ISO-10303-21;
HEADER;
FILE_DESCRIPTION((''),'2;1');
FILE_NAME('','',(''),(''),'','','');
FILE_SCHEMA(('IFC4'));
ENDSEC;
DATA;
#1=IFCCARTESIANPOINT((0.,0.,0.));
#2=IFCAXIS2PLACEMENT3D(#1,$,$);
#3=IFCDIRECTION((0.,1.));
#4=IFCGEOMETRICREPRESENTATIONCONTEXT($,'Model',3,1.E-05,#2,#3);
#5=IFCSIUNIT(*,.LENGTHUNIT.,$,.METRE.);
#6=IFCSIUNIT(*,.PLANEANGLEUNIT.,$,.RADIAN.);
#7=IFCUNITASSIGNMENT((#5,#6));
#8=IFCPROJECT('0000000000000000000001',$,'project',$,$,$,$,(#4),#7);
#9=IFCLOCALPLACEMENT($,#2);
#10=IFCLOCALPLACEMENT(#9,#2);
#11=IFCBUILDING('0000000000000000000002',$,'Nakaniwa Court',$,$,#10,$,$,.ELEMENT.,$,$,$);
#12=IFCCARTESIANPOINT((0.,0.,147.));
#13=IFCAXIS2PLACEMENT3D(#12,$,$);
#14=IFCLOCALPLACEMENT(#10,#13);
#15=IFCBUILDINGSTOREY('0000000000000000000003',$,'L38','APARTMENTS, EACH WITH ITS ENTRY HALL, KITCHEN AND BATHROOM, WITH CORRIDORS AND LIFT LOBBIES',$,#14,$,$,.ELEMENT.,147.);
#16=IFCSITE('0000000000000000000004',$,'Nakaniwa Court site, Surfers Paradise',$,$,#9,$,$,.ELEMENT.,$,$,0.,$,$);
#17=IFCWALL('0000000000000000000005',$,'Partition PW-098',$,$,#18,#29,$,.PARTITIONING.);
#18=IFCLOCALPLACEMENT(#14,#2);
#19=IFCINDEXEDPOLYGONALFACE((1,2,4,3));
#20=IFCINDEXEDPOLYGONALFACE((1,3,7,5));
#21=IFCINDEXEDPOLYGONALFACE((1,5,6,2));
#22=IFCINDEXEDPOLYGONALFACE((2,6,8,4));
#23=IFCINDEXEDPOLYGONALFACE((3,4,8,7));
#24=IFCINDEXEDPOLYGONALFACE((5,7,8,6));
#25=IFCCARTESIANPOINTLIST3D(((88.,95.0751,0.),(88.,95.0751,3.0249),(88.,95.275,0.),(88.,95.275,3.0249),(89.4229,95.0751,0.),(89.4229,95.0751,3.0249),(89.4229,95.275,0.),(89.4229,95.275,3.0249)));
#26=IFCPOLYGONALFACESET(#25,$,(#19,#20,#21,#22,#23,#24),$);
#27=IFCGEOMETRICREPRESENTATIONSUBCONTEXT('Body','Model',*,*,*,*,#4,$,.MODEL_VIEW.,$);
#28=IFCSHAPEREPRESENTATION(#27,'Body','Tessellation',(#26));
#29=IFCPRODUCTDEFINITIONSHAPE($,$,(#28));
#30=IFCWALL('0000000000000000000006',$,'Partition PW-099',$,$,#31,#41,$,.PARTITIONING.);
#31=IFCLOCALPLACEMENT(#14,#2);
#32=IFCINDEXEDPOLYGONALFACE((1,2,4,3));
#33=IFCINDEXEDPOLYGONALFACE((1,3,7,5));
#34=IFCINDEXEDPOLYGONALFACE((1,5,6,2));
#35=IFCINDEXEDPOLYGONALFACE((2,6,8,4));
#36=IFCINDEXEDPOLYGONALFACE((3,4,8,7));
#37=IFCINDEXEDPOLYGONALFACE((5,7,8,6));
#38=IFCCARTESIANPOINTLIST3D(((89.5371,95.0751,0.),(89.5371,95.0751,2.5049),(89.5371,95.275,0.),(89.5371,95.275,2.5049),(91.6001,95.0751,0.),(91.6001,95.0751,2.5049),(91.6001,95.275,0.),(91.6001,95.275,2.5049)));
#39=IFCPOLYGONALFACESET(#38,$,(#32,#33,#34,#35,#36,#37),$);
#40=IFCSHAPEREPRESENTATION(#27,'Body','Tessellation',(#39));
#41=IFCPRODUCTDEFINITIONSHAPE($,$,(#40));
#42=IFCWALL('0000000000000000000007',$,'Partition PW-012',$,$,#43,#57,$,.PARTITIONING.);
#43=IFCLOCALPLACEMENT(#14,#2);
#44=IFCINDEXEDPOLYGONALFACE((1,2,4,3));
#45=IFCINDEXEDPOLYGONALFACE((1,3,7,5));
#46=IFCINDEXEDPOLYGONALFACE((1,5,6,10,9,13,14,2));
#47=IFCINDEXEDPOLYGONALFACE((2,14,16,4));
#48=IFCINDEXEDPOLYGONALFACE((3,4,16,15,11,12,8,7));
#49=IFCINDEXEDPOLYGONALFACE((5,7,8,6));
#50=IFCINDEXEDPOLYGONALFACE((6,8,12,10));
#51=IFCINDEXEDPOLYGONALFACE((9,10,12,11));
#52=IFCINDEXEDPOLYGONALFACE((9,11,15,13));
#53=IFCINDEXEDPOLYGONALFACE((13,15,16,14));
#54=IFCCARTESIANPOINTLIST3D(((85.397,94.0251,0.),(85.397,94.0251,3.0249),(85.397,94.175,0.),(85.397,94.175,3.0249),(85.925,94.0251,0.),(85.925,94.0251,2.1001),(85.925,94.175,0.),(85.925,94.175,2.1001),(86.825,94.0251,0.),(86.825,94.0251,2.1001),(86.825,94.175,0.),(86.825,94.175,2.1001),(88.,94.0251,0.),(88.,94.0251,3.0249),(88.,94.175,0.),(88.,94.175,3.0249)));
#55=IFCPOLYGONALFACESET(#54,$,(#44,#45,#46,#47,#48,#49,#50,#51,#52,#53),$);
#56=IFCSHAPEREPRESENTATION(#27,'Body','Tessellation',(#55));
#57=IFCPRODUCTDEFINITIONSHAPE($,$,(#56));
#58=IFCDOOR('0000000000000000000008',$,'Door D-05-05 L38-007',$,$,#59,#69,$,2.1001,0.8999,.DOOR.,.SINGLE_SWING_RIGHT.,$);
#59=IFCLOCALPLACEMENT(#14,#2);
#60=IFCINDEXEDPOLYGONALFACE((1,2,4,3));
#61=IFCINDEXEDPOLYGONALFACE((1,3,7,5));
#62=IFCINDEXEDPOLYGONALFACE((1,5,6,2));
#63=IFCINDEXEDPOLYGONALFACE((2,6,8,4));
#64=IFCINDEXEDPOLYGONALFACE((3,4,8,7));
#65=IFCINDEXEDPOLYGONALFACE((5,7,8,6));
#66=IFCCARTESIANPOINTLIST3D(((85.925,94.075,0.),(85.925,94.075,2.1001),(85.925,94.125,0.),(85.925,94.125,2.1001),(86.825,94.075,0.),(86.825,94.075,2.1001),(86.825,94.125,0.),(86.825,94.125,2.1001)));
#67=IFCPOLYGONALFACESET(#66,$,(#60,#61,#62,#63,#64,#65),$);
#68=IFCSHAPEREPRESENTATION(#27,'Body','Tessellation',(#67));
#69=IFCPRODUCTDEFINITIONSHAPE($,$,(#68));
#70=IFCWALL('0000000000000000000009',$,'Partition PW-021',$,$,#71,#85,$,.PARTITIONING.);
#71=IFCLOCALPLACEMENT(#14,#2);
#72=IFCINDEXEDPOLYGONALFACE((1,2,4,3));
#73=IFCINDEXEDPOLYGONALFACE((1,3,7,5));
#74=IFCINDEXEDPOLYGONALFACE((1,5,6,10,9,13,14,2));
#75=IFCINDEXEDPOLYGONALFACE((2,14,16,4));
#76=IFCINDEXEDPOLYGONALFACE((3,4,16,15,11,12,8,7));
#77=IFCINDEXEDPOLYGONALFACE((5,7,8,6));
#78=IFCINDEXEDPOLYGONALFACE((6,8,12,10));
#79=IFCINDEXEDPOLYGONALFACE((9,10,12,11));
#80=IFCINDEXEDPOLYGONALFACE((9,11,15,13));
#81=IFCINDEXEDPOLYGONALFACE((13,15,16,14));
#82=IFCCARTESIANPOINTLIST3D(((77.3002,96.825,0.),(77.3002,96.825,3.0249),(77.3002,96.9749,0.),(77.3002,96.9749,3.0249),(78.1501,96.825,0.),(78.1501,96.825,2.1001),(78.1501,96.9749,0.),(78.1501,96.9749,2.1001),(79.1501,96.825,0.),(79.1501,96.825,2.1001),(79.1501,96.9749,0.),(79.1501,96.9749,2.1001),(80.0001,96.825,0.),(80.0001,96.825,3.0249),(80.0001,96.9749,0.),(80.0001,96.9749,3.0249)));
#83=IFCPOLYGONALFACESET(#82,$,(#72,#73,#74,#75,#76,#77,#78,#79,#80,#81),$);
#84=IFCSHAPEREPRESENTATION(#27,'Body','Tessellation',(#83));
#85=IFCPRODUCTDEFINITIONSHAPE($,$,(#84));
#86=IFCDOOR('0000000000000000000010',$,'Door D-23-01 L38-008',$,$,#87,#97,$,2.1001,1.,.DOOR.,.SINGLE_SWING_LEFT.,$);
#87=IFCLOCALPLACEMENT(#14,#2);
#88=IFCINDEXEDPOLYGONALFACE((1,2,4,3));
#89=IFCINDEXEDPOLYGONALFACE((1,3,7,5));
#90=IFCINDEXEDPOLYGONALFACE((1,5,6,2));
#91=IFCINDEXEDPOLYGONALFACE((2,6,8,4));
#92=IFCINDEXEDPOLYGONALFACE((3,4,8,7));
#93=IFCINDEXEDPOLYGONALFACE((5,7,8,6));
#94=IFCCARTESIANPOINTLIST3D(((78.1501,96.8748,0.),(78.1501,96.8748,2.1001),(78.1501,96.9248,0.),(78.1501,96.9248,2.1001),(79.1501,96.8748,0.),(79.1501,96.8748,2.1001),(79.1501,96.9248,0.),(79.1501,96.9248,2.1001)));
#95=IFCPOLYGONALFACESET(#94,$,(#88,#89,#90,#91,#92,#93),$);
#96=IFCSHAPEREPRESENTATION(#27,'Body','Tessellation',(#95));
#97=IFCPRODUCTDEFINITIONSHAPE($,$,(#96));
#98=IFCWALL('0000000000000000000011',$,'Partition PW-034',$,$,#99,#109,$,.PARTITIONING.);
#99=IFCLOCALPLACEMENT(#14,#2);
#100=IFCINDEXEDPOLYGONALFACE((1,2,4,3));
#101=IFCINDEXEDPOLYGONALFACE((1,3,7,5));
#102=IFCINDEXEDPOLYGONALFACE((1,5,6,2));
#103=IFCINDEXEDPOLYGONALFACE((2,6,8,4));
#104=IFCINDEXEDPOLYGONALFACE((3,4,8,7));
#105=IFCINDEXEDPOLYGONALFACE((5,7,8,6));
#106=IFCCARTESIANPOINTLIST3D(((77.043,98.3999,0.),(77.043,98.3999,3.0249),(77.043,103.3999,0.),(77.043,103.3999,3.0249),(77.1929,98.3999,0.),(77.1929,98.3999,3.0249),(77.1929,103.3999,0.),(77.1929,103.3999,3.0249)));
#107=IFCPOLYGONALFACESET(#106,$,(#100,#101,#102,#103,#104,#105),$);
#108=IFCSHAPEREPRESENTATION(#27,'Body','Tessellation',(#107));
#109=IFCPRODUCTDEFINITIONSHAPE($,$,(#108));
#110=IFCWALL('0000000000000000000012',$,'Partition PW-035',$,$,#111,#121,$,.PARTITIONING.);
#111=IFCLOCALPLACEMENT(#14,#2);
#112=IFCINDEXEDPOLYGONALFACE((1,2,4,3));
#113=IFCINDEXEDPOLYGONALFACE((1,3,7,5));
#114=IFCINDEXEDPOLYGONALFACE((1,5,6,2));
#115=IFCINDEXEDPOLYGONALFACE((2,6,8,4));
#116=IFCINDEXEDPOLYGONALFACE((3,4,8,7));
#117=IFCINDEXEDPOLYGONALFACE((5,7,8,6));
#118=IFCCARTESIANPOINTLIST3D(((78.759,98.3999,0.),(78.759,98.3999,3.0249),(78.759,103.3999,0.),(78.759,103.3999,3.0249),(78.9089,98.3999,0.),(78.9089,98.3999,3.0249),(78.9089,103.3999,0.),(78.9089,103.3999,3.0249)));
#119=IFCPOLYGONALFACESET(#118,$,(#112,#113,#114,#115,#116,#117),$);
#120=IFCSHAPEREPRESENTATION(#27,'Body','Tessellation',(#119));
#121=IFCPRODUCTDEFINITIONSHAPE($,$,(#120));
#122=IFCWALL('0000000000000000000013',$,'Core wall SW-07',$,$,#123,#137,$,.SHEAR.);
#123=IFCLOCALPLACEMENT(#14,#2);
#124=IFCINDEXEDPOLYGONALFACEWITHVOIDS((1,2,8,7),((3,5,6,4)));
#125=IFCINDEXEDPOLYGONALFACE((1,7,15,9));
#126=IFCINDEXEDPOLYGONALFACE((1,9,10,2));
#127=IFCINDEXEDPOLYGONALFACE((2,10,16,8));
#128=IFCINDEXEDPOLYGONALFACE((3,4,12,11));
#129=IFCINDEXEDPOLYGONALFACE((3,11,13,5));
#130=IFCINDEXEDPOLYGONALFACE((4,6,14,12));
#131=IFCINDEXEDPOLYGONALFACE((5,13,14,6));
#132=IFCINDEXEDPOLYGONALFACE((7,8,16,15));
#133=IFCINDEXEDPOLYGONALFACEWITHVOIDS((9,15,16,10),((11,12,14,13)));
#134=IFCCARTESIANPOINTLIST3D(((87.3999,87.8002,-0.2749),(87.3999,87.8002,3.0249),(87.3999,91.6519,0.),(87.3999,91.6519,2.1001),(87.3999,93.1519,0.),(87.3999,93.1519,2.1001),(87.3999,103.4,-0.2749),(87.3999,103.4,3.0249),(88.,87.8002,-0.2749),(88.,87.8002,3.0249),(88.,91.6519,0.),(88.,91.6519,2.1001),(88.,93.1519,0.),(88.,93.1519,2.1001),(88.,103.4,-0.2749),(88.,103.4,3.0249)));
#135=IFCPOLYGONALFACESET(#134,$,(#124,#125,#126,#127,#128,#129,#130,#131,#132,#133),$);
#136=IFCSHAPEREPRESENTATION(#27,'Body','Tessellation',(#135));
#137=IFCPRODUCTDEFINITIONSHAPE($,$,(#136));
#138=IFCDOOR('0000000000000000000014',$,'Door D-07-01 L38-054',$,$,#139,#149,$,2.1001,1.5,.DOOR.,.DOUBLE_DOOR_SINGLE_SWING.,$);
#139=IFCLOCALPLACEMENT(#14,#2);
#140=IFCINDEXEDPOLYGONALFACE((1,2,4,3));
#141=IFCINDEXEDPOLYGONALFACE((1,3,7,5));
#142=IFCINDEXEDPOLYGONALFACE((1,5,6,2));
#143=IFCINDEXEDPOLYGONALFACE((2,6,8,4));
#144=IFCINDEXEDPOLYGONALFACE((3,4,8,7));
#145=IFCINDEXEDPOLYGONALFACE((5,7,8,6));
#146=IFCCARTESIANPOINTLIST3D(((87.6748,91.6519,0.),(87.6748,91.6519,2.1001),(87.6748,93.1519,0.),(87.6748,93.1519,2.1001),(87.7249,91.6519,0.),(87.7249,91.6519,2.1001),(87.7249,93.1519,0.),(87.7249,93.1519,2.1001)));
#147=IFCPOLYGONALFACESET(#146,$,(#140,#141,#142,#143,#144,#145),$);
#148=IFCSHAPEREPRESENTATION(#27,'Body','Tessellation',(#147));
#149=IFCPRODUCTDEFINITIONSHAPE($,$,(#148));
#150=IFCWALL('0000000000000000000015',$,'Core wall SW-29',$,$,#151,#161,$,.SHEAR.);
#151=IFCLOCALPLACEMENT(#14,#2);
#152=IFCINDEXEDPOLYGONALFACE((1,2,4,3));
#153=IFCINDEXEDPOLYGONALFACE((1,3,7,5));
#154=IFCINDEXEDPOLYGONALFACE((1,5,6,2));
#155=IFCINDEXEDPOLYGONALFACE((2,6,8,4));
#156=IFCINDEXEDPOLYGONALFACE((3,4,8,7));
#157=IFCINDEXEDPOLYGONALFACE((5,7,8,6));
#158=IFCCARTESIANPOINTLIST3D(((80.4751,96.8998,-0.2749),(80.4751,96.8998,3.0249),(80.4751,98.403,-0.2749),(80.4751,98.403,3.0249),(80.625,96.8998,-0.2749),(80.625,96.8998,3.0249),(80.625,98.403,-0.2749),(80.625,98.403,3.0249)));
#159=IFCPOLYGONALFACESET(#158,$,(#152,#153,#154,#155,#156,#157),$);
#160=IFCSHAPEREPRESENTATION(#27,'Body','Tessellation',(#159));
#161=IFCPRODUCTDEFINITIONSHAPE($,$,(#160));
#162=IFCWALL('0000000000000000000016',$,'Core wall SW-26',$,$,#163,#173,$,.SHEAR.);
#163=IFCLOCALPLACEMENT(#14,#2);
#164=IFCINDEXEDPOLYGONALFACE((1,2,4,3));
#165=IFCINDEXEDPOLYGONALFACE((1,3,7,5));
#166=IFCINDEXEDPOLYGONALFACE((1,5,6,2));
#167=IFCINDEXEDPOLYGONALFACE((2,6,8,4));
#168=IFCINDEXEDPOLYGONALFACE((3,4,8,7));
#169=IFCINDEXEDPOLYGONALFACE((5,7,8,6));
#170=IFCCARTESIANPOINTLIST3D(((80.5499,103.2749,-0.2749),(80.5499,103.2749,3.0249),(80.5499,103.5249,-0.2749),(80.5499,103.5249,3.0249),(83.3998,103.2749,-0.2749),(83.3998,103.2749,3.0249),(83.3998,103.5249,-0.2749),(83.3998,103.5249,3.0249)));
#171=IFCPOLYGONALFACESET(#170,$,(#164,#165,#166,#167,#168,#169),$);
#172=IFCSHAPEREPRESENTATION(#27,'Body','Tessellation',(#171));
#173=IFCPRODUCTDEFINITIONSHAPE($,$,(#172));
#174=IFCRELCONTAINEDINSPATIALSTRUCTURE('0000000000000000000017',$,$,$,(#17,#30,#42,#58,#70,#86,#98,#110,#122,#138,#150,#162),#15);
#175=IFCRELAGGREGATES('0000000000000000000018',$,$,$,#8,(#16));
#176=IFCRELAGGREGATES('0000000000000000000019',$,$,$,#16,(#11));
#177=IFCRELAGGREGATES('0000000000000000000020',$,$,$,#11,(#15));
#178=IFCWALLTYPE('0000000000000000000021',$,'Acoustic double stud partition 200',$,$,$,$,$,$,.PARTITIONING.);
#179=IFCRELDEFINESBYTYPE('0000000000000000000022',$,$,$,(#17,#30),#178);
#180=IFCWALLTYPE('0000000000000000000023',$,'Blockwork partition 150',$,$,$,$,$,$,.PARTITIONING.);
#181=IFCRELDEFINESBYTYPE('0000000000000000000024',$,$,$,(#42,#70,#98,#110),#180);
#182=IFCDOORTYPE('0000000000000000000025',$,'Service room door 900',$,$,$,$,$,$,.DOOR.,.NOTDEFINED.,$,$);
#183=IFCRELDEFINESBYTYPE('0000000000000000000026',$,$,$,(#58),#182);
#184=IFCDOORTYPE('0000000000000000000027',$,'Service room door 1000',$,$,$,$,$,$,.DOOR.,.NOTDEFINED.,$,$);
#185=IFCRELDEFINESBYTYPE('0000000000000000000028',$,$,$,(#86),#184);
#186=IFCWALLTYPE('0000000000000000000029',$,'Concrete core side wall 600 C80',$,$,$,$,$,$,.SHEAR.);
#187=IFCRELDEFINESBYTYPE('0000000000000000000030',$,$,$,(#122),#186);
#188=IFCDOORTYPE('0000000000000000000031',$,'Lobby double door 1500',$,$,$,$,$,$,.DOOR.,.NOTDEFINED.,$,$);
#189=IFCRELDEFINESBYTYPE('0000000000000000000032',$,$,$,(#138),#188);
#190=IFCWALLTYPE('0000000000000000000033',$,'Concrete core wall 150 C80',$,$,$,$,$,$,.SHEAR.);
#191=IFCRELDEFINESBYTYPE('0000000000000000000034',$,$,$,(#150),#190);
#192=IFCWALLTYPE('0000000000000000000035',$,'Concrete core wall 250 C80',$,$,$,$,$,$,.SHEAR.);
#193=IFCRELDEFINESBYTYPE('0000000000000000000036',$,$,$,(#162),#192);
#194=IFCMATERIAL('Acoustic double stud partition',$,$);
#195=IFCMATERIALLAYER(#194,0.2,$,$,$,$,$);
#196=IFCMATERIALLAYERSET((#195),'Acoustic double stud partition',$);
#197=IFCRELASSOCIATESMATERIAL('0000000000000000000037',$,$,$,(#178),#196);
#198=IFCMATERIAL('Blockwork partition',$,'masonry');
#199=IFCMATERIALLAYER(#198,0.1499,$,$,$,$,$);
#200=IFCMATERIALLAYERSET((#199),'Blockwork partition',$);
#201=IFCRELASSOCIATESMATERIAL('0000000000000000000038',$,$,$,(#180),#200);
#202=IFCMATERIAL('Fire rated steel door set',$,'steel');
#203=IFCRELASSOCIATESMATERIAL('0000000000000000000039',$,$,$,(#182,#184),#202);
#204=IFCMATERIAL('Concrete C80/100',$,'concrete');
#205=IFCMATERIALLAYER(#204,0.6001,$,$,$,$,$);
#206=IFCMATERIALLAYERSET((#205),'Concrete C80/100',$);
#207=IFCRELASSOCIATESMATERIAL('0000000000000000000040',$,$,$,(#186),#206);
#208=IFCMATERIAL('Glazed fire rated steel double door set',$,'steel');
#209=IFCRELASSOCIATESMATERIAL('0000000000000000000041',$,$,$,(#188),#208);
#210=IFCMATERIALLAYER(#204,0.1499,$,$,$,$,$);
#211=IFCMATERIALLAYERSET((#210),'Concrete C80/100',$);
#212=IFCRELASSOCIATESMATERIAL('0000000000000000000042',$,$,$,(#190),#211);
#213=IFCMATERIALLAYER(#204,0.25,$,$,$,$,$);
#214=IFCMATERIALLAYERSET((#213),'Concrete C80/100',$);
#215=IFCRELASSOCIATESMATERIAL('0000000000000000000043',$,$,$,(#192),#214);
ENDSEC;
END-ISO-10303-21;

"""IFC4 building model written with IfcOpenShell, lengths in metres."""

from ifc_helpers import new_model, si_unit, direction, frame, frame_2d, origin, place, context, subcontext, project, spatial, rectangle, extrude, material, layer, layer_set, type_object, element, fill, save


model = new_model("IFC4")

# Units and contexts
model_context = context("Model", 3, precision=1e-05, world=origin(), true_north=direction((0.0, 1.0)))
body_context = subcontext(model_context, "Body", "Model", "MODEL_VIEW")
ifc_project = project(units=[si_unit("LENGTHUNIT", "METRE"), si_unit("PLANEANGLEUNIT", "RADIAN")], contexts=[model_context])

# Site, building, storey
site_placement = place(None, origin())
site = spatial("IfcSite", under=ifc_project, at=site_placement, Name="Nakaniwa Court site, Surfers Paradise", CompositionType="ELEMENT", RefElevation=0.0)
building_placement = place(site_placement, origin())
building = spatial("IfcBuilding", under=site, at=building_placement, Name="Nakaniwa Court", CompositionType="ELEMENT")
storey_placement = place(building_placement, frame((0.0, 0.0, 147.0)))
storey = spatial("IfcBuildingStorey", under=building, at=storey_placement, Name="L38", Description="APARTMENTS, EACH WITH ITS ENTRY HALL, KITCHEN AND BATHROOM, WITH CORRIDORS AND LIFT LOBBIES", CompositionType="ELEMENT", Elevation=147.0)

# Walls
ifc_material_1 = material(Name="Acoustic double stud partition")
ifc_layer_1 = layer(ifc_material_1, 0.2)
ifc_layer_set_1 = layer_set([ifc_layer_1], Name="Acoustic double stud partition")
wall_type_1 = type_object("IfcWallType", Name="Acoustic double stud partition 200", PredefinedType="PARTITIONING", material=ifc_layer_set_1)
wall_1_placement = place(storey_placement, frame((88.0, 95.175, 0.0), z_axis=(0.0, 0.0, 1.0), x_axis=(1.0, 0.0, 0.0)))
element("IfcWall", 1, at=wall_1_placement, inside=storey, type_object=wall_type_1, Name="Partition PW-098", PredefinedType="PARTITIONING", context=body_context, shape_type="SweptSolid", body=[
    extrude(rectangle(XDim=1.4229, YDim=0.2, at=frame_2d((0.7114, 0.0))), origin(), (0.0, 0.0, 1.0), 3.0249),
])
wall_2_placement = place(storey_placement, frame((89.5371, 95.175, 0.0), z_axis=(0.0, 0.0, 1.0), x_axis=(1.0, 0.0, 0.0)))
element("IfcWall", 2, at=wall_2_placement, inside=storey, type_object=wall_type_1, Name="Partition PW-099", PredefinedType="PARTITIONING", context=body_context, shape_type="SweptSolid", body=[
    extrude(rectangle(XDim=2.063, YDim=0.2, at=frame_2d((1.0315, 0.0))), origin(), (0.0, 0.0, 1.0), 2.5049),
])

# Walls, openings, doors
ifc_material_2 = material(Name="Blockwork partition", Category="masonry")
ifc_layer_2 = layer(ifc_material_2, 0.1499)
ifc_layer_set_2 = layer_set([ifc_layer_2], Name="Blockwork partition")
wall_type_2 = type_object("IfcWallType", Name="Blockwork partition 150", PredefinedType="PARTITIONING", material=ifc_layer_set_2)
wall_3_placement = place(storey_placement, frame((85.397, 94.1001, 0.0), z_axis=(0.0, 0.0, 1.0), x_axis=(1.0, 0.0, 0.0)))
wall_3 = element("IfcWall", 3, at=wall_3_placement, inside=storey, type_object=wall_type_2, Name="Partition PW-012", PredefinedType="PARTITIONING", context=body_context, shape_type="SweptSolid", body=[
    extrude(rectangle(XDim=2.603, YDim=0.1499, at=frame_2d((1.3015, 0.0))), origin(), (0.0, 0.0, 1.0), 3.0249),
])
opening_1_placement = place(wall_3_placement, frame((0.5281, 0.0, 0.0)))
opening_1 = element("IfcOpeningElement", 4, at=opening_1_placement, cuts=wall_3, PredefinedType="OPENING", context=body_context, shape_type="SweptSolid", body=[
    extrude(rectangle(XDim=0.8999, YDim=2.1001, at=frame_2d((0.45, 1.05))), frame((0.0, 0.085, 0.0), z_axis=(0.0, -1.0, 0.0), x_axis=(1.0, 0.0, 0.0)), (0.0, 0.0, 1.0), 0.1699),
])
ifc_material_3 = material(Name="Fire rated steel door set", Category="steel")
door_type_1 = type_object("IfcDoorType", Name="Service room door 900", OperationType="NOTDEFINED", PredefinedType="DOOR", material=ifc_material_3)
door_1_placement = place(opening_1_placement, origin())
door_1 = element("IfcDoor", 5, at=door_1_placement, inside=storey, type_object=door_type_1, Name="Door D-05-05 L38-007", OperationType="SINGLE_SWING_RIGHT", OverallHeight=2.1001, OverallWidth=0.8999, PredefinedType="DOOR", context=body_context, shape_type="SweptSolid", body=[
    extrude(rectangle(XDim=0.8999, YDim=2.1001, at=frame_2d((0.45, 1.05))), frame((0.0, 0.0249, 0.0), z_axis=(0.0, -1.0, 0.0), x_axis=(1.0, 0.0, 0.0)), (0.0, 0.0, 1.0), 0.05),
])
fill(opening_1, door_1)
wall_4_placement = place(storey_placement, frame((77.3, 96.8999, 0.0), z_axis=(0.0, 0.0, 1.0), x_axis=(1.0, 0.0, 0.0)))
wall_4 = element("IfcWall", 6, at=wall_4_placement, inside=storey, type_object=wall_type_2, Name="Partition PW-021", PredefinedType="PARTITIONING", context=body_context, shape_type="SweptSolid", body=[
    extrude(rectangle(XDim=2.7, YDim=0.1499, at=frame_2d((1.3501, 0.0))), origin(), (0.0, 0.0, 1.0), 3.0249),
])
opening_2_placement = place(wall_4_placement, frame((0.8501, 0.0, 0.0)))
opening_2 = element("IfcOpeningElement", 7, at=opening_2_placement, cuts=wall_4, PredefinedType="OPENING", context=body_context, shape_type="SweptSolid", body=[
    extrude(rectangle(XDim=1.0, YDim=2.1001, at=frame_2d((0.5, 1.05))), frame((0.0, 0.085, 0.0), z_axis=(0.0, -1.0, 0.0), x_axis=(1.0, 0.0, 0.0)), (0.0, 0.0, 1.0), 0.1699),
])
door_type_2 = type_object("IfcDoorType", Name="Service room door 1000", OperationType="NOTDEFINED", PredefinedType="DOOR", material=ifc_material_3)
door_2_placement = place(opening_2_placement, origin())
door_2 = element("IfcDoor", 8, at=door_2_placement, inside=storey, type_object=door_type_2, Name="Door D-23-01 L38-008", OperationType="SINGLE_SWING_LEFT", OverallHeight=2.1001, OverallWidth=1.0, PredefinedType="DOOR", context=body_context, shape_type="SweptSolid", body=[
    extrude(rectangle(XDim=1.0, YDim=2.1001, at=frame_2d((0.5, 1.05))), frame((0.0, 0.0249, 0.0), z_axis=(0.0, -1.0, 0.0), x_axis=(1.0, 0.0, 0.0)), (0.0, 0.0, 1.0), 0.05),
])
fill(opening_2, door_2)

# Walls
for number, where, z_axis, x_axis, name in (
    (9, (77.1179, 98.3999, 0.0), (0.0, 0.0, 1.0), (0.0, 1.0, 0.0), "Partition PW-034"),
    (10, (78.834, 98.3999, 0.0), (0.0, 0.0, 1.0), (0.0, 1.0, 0.0), "Partition PW-035"),
):
    element("IfcWall", number, at=place(storey_placement, frame(where, z_axis=z_axis, x_axis=x_axis)), inside=storey, type_object=wall_type_2, Name=name, PredefinedType="PARTITIONING", context=body_context, shape_type="SweptSolid", body=[
        extrude(rectangle(XDim=5.0, YDim=0.1499, at=frame_2d((2.5, 0.0))), origin(), (0.0, 0.0, 1.0), 3.0249),
    ])

# Wall, opening, door
ifc_material_4 = material(Name="Concrete C80/100", Category="concrete")
ifc_layer_3 = layer(ifc_material_4, 0.6001)
ifc_layer_set_3 = layer_set([ifc_layer_3], Name="Concrete C80/100")
wall_type_3 = type_object("IfcWallType", Name="Concrete core side wall 600 C80", PredefinedType="SHEAR", material=ifc_layer_set_3)
wall_5_placement = place(storey_placement, frame((87.7, 103.3999, -0.2749), z_axis=(0.0, 0.0, 1.0), x_axis=(0.0, -1.0, 0.0)))
wall_5 = element("IfcWall", 11, at=wall_5_placement, inside=storey, type_object=wall_type_3, Name="Core wall SW-07", PredefinedType="SHEAR", context=body_context, shape_type="SweptSolid", body=[
    extrude(rectangle(XDim=15.5999, YDim=0.6001, at=frame_2d((7.7998, 0.0))), origin(), (0.0, 0.0, 1.0), 3.2998),
])
opening_3_placement = place(wall_5_placement, frame((10.248, 0.0, 0.2749)))
opening_3 = element("IfcOpeningElement", 12, at=opening_3_placement, cuts=wall_5, PredefinedType="OPENING", context=body_context, shape_type="SweptSolid", body=[
    extrude(rectangle(XDim=1.5, YDim=2.1001, at=frame_2d((0.75, 1.05))), frame((0.0, 0.3101, 0.0), z_axis=(0.0, -1.0, 0.0), x_axis=(1.0, 0.0, 0.0)), (0.0, 0.0, 1.0), 0.6201),
])
ifc_material_5 = material(Name="Glazed fire rated steel double door set", Category="steel")
door_type_3 = type_object("IfcDoorType", Name="Lobby double door 1500", OperationType="NOTDEFINED", PredefinedType="DOOR", material=ifc_material_5)
door_3_placement = place(opening_3_placement, origin())
door_3 = element("IfcDoor", 13, at=door_3_placement, inside=storey, type_object=door_type_3, Name="Door D-07-01 L38-054", OperationType="DOUBLE_DOOR_SINGLE_SWING", OverallHeight=2.1001, OverallWidth=1.5, PredefinedType="DOOR", context=body_context, shape_type="SweptSolid", body=[
    extrude(rectangle(XDim=1.5, YDim=2.1001, at=frame_2d((0.75, 1.05))), frame((0.0, 0.0249, 0.0), z_axis=(0.0, -1.0, 0.0), x_axis=(1.0, 0.0, 0.0)), (0.0, 0.0, 1.0), 0.05),
])
fill(opening_3, door_3)

# Walls
ifc_layer_4 = layer(ifc_material_4, 0.1499)
ifc_layer_set_4 = layer_set([ifc_layer_4], Name="Concrete C80/100")
wall_type_4 = type_object("IfcWallType", Name="Concrete core wall 150 C80", PredefinedType="SHEAR", material=ifc_layer_set_4)
wall_6_placement = place(storey_placement, frame((80.55, 96.8999, -0.2749), z_axis=(0.0, 0.0, 1.0), x_axis=(0.0, 1.0, 0.0)))
element("IfcWall", 14, at=wall_6_placement, inside=storey, type_object=wall_type_4, Name="Core wall SW-29", PredefinedType="SHEAR", context=body_context, shape_type="SweptSolid", body=[
    extrude(rectangle(XDim=1.5032, YDim=0.1499, at=frame_2d((0.7515, 0.0))), origin(), (0.0, 0.0, 1.0), 3.2998),
])
ifc_layer_5 = layer(ifc_material_4, 0.25)
ifc_layer_set_5 = layer_set([ifc_layer_5], Name="Concrete C80/100")
wall_type_5 = type_object("IfcWallType", Name="Concrete core wall 250 C80", PredefinedType="SHEAR", material=ifc_layer_set_5)
wall_7_placement = place(storey_placement, frame((80.55, 103.3999, -0.2749), z_axis=(0.0, 0.0, 1.0), x_axis=(1.0, 0.0, 0.0)))
element("IfcWall", 15, at=wall_7_placement, inside=storey, type_object=wall_type_5, Name="Core wall SW-26", PredefinedType="SHEAR", context=body_context, shape_type="SweptSolid", body=[
    extrude(rectangle(XDim=2.8499, YDim=0.25, at=frame_2d((1.4248, 0.0))), origin(), (0.0, 0.0, 1.0), 3.2998),
])

save(model, "model.ifc")
